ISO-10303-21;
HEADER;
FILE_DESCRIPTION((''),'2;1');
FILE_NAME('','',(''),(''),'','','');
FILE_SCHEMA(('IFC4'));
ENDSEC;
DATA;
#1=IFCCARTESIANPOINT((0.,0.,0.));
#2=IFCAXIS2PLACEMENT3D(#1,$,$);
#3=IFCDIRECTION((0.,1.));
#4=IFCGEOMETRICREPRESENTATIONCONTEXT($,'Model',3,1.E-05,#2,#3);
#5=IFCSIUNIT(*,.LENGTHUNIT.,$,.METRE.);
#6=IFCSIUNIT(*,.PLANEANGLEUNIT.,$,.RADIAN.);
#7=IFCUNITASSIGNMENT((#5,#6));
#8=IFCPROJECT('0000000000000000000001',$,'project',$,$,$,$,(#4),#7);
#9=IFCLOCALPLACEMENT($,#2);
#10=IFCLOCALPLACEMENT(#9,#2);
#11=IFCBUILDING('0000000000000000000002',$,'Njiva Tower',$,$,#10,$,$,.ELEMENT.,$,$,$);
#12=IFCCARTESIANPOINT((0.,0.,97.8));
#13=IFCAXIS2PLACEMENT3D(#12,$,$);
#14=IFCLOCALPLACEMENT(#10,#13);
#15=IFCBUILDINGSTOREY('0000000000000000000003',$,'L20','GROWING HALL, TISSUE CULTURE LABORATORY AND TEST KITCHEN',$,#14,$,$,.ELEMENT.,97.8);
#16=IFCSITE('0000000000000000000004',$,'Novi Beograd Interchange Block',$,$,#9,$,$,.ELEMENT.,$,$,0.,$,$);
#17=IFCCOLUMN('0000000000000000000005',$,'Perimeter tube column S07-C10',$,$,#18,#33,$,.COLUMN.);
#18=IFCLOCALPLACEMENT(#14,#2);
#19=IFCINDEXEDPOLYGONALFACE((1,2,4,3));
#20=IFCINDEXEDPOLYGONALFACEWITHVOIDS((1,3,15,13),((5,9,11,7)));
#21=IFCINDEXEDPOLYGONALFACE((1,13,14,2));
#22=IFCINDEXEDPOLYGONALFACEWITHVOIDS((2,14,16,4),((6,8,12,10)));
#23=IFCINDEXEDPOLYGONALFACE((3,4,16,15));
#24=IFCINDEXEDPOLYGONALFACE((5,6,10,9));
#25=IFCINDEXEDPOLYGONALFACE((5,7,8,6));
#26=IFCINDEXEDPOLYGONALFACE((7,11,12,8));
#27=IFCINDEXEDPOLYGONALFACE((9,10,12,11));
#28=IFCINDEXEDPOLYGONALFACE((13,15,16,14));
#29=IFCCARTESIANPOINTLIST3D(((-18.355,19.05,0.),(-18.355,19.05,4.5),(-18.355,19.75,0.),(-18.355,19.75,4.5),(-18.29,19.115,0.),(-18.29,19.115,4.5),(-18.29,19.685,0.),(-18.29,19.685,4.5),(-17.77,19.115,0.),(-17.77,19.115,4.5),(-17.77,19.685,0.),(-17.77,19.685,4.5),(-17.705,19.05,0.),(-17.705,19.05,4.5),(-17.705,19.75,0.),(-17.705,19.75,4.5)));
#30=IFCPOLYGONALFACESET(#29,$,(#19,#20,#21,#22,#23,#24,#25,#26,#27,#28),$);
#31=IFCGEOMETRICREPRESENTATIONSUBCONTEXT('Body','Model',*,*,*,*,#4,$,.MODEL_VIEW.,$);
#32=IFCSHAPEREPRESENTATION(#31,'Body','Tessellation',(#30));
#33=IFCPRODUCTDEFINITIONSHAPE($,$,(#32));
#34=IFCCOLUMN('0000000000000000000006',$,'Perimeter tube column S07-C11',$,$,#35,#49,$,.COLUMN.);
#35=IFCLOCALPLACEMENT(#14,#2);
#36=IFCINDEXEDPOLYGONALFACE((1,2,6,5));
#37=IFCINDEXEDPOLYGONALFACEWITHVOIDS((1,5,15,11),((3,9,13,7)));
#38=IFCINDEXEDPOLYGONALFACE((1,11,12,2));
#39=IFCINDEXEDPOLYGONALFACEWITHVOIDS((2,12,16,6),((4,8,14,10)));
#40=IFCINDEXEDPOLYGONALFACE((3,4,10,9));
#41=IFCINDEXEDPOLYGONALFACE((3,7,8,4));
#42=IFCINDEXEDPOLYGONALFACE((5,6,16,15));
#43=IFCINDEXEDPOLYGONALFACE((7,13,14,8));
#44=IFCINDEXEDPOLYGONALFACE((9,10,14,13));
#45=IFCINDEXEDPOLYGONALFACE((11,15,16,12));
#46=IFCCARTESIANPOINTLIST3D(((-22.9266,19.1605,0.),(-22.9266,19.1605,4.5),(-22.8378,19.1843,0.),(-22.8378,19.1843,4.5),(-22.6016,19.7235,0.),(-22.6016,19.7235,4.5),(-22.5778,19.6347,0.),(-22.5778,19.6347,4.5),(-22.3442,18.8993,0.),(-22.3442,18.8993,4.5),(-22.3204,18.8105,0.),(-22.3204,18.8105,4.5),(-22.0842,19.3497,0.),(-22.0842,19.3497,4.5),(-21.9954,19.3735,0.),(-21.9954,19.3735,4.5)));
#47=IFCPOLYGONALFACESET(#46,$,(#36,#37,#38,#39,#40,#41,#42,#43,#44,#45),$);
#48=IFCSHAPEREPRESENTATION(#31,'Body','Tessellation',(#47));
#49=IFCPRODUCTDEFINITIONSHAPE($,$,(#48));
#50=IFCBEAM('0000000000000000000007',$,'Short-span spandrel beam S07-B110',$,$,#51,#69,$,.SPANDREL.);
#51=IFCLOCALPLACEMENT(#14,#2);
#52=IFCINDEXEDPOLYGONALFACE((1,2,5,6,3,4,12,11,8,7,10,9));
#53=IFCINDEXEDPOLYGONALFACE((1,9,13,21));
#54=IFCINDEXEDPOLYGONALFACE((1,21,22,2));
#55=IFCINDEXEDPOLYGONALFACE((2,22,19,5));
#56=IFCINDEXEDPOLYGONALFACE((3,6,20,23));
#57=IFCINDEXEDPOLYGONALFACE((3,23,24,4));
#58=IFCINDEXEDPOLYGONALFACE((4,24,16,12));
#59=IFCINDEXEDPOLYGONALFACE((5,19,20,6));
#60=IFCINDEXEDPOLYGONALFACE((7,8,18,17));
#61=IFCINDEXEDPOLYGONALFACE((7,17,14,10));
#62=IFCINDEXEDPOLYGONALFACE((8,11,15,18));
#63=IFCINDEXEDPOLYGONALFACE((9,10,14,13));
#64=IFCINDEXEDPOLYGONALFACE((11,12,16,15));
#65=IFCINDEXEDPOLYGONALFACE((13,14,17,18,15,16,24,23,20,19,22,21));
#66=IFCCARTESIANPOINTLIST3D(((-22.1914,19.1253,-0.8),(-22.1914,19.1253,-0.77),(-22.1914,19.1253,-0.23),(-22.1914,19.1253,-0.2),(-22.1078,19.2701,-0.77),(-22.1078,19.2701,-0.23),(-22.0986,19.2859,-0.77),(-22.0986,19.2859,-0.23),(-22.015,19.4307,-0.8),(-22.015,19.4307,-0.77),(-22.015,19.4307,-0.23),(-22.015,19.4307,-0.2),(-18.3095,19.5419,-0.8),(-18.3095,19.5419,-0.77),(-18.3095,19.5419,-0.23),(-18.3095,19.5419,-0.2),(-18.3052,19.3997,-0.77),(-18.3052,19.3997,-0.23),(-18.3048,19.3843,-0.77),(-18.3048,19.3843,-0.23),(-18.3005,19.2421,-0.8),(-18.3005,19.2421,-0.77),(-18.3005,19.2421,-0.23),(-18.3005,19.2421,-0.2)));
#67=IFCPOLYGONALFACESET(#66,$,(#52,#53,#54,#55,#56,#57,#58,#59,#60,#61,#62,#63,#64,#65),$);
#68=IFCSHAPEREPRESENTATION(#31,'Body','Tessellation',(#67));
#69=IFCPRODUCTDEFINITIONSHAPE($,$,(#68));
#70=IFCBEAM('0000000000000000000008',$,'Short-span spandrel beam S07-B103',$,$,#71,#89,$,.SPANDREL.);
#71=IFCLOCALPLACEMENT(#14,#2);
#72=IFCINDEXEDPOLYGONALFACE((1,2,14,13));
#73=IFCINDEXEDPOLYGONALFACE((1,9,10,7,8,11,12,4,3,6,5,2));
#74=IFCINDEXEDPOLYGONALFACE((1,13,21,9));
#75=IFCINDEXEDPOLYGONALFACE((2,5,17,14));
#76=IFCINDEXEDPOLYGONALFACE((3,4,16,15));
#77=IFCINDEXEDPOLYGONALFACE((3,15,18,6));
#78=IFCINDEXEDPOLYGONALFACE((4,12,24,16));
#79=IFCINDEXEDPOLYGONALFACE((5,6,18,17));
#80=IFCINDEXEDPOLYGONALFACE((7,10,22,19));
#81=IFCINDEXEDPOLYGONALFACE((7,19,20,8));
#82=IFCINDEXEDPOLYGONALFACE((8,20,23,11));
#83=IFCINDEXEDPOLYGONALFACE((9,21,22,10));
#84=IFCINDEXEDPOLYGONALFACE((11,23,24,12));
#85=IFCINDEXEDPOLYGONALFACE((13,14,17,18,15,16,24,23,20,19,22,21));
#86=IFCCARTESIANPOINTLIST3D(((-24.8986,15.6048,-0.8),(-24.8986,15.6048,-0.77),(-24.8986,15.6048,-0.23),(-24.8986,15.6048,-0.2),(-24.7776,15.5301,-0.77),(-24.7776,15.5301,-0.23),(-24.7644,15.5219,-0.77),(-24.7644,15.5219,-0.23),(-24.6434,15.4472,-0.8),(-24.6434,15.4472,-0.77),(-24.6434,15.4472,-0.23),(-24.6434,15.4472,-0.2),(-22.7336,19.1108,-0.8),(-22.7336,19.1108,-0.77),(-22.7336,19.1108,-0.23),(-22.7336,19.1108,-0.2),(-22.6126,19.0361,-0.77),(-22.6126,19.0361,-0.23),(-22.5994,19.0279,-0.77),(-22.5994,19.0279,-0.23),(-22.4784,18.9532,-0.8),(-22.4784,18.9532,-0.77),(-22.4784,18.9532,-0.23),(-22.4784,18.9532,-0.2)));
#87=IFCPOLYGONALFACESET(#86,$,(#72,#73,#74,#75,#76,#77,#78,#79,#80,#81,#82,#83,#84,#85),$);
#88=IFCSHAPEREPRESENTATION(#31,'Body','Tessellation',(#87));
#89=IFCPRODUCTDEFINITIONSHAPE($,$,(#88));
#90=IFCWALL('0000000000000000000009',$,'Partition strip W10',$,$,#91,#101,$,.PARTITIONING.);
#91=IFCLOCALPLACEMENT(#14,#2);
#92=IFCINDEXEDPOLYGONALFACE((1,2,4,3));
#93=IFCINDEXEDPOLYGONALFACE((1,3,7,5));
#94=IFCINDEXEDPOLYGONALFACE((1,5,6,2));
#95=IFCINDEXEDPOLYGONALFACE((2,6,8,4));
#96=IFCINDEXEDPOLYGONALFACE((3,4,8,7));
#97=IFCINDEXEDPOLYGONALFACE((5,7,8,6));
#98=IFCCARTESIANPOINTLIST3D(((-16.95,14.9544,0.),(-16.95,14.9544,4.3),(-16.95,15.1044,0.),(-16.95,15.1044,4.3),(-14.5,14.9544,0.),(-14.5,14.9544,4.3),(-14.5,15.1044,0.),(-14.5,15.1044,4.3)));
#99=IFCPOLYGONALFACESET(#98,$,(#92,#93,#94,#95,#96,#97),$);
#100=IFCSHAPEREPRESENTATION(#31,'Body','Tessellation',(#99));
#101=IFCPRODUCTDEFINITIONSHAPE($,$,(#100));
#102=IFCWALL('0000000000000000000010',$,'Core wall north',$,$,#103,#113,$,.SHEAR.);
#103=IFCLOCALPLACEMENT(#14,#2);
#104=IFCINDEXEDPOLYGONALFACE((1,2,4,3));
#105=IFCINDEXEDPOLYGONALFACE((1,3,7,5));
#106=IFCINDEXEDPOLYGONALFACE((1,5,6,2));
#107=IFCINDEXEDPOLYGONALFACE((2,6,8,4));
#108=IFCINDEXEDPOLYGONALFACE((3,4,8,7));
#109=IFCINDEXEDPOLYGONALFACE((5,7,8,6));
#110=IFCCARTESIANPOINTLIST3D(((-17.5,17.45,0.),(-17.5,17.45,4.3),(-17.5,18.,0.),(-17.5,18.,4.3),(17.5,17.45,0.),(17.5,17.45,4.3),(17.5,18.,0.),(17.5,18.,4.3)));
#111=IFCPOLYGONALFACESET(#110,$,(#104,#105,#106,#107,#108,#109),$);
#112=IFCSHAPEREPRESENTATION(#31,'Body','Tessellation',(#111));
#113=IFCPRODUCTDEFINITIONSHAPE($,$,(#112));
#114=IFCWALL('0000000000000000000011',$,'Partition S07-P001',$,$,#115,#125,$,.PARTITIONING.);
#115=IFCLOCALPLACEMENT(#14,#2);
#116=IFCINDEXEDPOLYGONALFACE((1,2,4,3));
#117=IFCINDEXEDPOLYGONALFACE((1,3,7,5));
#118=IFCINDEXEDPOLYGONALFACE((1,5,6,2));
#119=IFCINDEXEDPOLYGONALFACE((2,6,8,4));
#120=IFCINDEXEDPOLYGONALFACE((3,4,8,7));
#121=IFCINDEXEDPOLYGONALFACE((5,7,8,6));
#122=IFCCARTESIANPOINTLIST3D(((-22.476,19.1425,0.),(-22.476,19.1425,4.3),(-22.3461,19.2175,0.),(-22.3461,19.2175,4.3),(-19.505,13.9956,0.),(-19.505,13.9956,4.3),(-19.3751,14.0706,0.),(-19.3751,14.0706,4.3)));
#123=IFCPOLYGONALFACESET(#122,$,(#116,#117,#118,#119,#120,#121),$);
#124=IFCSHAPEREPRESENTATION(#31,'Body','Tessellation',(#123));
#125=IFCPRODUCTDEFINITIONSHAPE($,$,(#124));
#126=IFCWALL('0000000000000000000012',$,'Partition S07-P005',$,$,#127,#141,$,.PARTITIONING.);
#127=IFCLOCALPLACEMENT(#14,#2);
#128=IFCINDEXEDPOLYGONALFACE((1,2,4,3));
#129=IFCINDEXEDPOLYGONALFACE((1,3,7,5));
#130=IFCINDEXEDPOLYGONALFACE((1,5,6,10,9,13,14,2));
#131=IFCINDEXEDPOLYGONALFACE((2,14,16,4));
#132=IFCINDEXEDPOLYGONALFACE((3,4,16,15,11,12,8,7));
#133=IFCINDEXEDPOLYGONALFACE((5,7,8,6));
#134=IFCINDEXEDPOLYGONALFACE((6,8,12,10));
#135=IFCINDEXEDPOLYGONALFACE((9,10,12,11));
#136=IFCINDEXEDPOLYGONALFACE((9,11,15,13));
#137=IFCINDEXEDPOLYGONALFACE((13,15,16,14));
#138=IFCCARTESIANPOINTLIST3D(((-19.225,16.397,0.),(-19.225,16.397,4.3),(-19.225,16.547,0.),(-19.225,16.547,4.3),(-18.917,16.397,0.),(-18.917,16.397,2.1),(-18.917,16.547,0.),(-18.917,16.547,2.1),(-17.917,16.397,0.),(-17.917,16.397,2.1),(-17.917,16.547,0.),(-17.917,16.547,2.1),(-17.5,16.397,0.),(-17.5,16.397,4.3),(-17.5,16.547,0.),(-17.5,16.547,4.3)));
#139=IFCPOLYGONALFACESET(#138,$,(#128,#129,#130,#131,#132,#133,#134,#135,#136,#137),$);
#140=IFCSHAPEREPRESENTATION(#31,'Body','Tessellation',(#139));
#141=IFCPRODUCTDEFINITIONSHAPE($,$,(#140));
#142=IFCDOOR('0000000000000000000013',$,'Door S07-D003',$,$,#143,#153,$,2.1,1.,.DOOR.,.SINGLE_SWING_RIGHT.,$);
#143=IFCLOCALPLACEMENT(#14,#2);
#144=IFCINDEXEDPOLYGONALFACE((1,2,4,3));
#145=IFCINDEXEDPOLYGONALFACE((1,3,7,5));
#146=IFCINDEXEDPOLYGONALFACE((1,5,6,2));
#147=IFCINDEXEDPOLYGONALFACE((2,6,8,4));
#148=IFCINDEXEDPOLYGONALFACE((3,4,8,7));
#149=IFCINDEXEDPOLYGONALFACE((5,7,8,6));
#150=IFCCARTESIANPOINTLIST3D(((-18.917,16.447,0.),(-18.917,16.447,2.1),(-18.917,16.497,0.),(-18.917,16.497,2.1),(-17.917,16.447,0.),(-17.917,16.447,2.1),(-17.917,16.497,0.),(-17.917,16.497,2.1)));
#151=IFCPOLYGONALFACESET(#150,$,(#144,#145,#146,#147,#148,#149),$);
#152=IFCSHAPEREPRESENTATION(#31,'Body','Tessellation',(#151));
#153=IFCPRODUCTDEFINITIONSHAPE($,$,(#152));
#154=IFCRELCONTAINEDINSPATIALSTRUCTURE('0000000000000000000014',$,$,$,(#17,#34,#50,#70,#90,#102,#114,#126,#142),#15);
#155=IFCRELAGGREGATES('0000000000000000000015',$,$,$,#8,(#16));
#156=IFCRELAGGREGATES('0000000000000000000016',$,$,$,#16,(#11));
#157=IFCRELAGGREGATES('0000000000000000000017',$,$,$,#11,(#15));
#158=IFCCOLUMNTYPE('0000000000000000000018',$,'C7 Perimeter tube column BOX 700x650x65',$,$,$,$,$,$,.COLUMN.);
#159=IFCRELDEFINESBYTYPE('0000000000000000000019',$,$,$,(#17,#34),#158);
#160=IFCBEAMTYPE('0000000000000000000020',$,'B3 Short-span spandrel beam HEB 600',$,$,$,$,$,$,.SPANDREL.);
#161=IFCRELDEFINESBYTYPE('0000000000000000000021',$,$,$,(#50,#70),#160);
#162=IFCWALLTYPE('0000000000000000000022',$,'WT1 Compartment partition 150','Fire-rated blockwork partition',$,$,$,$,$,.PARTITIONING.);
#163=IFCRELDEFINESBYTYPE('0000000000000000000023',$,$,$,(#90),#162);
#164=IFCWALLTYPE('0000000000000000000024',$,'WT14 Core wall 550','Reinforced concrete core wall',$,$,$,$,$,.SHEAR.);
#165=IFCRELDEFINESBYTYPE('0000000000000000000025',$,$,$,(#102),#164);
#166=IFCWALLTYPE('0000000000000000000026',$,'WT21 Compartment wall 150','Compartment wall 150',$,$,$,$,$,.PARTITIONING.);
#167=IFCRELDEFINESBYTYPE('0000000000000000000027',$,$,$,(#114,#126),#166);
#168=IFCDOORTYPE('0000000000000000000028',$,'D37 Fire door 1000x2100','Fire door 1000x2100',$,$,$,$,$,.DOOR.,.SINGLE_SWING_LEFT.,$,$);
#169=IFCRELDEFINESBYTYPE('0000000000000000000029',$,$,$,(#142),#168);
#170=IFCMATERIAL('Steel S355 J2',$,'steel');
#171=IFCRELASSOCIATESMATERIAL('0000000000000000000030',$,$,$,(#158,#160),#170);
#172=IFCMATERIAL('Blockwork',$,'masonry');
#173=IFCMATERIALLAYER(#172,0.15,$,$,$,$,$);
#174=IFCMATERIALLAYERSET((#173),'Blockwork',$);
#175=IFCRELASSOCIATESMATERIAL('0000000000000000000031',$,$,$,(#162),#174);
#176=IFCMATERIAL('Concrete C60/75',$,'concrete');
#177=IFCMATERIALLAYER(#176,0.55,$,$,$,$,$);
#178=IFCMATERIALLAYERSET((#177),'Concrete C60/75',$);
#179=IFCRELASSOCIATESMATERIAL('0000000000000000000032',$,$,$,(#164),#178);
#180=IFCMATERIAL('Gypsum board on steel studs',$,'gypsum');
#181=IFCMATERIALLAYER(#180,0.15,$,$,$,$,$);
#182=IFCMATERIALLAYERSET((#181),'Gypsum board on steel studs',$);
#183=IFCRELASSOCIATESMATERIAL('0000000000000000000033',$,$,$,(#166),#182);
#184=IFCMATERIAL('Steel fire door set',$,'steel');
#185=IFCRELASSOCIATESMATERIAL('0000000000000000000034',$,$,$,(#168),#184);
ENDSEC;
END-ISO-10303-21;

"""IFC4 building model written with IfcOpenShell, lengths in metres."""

from ifc_helpers import new_model, si_unit, direction, frame, frame_2d, origin, origin_2d, place, context, subcontext, project, spatial, rectangle, hollow_rectangle, i_section, extrude, clip, halfspace, material, layer, layer_set, material_profile, profile_set, type_object, element, fill, save


model = new_model("IFC4")

# Units and contexts
model_context = context("Model", 3, precision=1e-05, world=origin(), true_north=direction((0.0, 1.0)))
body_context = subcontext(model_context, "Body", "Model", "MODEL_VIEW")
ifc_project = project(units=[si_unit("LENGTHUNIT", "METRE"), si_unit("PLANEANGLEUNIT", "RADIAN")], contexts=[model_context])

# Site, building, storey
site_placement = place(None, origin())
site = spatial("IfcSite", under=ifc_project, at=site_placement, Name="Novi Beograd Interchange Block", CompositionType="ELEMENT", RefElevation=0.0)
building_placement = place(site_placement, origin())
building = spatial("IfcBuilding", under=site, at=building_placement, Name="Njiva Tower", CompositionType="ELEMENT")
storey_placement = place(building_placement, frame((0.0, 0.0, 97.8)))
storey = spatial("IfcBuildingStorey", under=building, at=storey_placement, Name="L20", Description="GROWING HALL, TISSUE CULTURE LABORATORY AND TEST KITCHEN", CompositionType="ELEMENT", Elevation=97.8)

# Columns
ifc_material_1 = material(Name="Steel S355 J2", Category="steel")
ifc_material_profile_1 = material_profile(ifc_material_1, hollow_rectangle(XDim=0.65, YDim=0.7, WallThickness=0.065, at=origin_2d()), Name="BOX 700x650x65")
ifc_profile_set_1 = profile_set([ifc_material_profile_1], Name="Steel S355 J2")
column_type = type_object("IfcColumnType", Name="C7 Perimeter tube column BOX 700x650x65", PredefinedType="COLUMN", material=ifc_profile_set_1)
for number, where, z_axis, x_axis, name in (
    (1, (-18.03, 19.4, 0.0), (0.0, 0.0, 1.0), (-1.0, 0.0, 0.0), "Perimeter tube column S07-C10"),
    (2, (-22.461, 19.267, 0.0), (0.0, 0.0, 1.0), (-0.5, -0.866025, 0.0), "Perimeter tube column S07-C11"),
):
    element("IfcColumn", number, at=place(storey_placement, frame(where, z_axis=z_axis, x_axis=x_axis)), inside=storey, type_object=column_type, Name=name, PredefinedType="COLUMN", context=body_context, shape_type="SweptSolid", body=[
        extrude(hollow_rectangle(XDim=0.65, YDim=0.7, WallThickness=0.065, at=origin_2d()), origin(), (0.0, 0.0, 1.0), 4.5),
    ])

# Beams
ifc_material_profile_2 = material_profile(ifc_material_1, i_section(OverallWidth=0.3, OverallDepth=0.6, WebThickness=0.0155, FlangeThickness=0.03, at=origin_2d()), Name="HEB 600")
ifc_profile_set_2 = profile_set([ifc_material_profile_2], Name="Steel S355 J2")
beam_type = type_object("IfcBeamType", Name="B3 Short-span spandrel beam HEB 600", PredefinedType="SPANDREL", material=ifc_profile_set_2)
beam_1_placement = place(storey_placement, frame((-18.305, 19.392, -0.5), z_axis=(-0.99955, -0.030002, 0.0), x_axis=(0.030002, -0.99955, 0.0)))
element("IfcBeam", 3, at=beam_1_placement, inside=storey, type_object=beam_type, Name="Short-span spandrel beam S07-B110", PredefinedType="SPANDREL", context=body_context, shape_type="Clipping", body=[
    clip(extrude(i_section(OverallWidth=0.3, OverallDepth=0.6, WebThickness=0.0155, FlangeThickness=0.03, at=origin_2d()), origin(), (0.0, 0.0, 1.0), 3.9127), halfspace(frame((-0.0259, 0.0, 3.7839), z_axis=(-0.525756, 0.0, 0.850636), x_axis=(0.0, 1.0, 0.0)), False)),
])
beam_2_placement = place(storey_placement, frame((-22.606, 19.032, -0.5), z_axis=(-0.52541, -0.850849, 0.0), x_axis=(0.850849, -0.52541, 0.0)))
element("IfcBeam", 4, at=beam_2_placement, inside=storey, type_object=beam_type, Name="Short-span spandrel beam S07-B103", PredefinedType="SPANDREL", context=body_context, shape_type="SweptSolid", body=[
    extrude(i_section(OverallWidth=0.3, OverallDepth=0.6, WebThickness=0.0155, FlangeThickness=0.03, at=origin_2d()), origin(), (0.0, 0.0, 1.0), 4.1206),
])

# Walls
ifc_material_2 = material(Name="Blockwork", Category="masonry")
ifc_layer_1 = layer(ifc_material_2, 0.15)
ifc_layer_set_1 = layer_set([ifc_layer_1], Name="Blockwork")
wall_type_1 = type_object("IfcWallType", Name="WT1 Compartment partition 150", Description="Fire-rated blockwork partition", PredefinedType="PARTITIONING", material=ifc_layer_set_1)
wall_1_placement = place(storey_placement, frame((-16.95, 15.0294, 0.0), z_axis=(0.0, 0.0, 1.0), x_axis=(1.0, 0.0, 0.0)))
element("IfcWall", 5, at=wall_1_placement, inside=storey, type_object=wall_type_1, Name="Partition strip W10", PredefinedType="PARTITIONING", context=body_context, shape_type="SweptSolid", body=[
    extrude(rectangle(XDim=2.45, YDim=0.15, at=frame_2d((1.225, 0.0))), origin(), (0.0, 0.0, 1.0), 4.3),
])
ifc_material_3 = material(Name="Concrete C60/75", Category="concrete")
ifc_layer_2 = layer(ifc_material_3, 0.55)
ifc_layer_set_2 = layer_set([ifc_layer_2], Name="Concrete C60/75")
wall_type_2 = type_object("IfcWallType", Name="WT14 Core wall 550", Description="Reinforced concrete core wall", PredefinedType="SHEAR", material=ifc_layer_set_2)
wall_2_placement = place(storey_placement, frame((-17.5, 17.725, 0.0), z_axis=(0.0, 0.0, 1.0), x_axis=(1.0, 0.0, 0.0)))
element("IfcWall", 6, at=wall_2_placement, inside=storey, type_object=wall_type_2, Name="Core wall north", PredefinedType="SHEAR", context=body_context, shape_type="SweptSolid", body=[
    extrude(rectangle(XDim=35.0, YDim=0.55, at=frame_2d((17.5, 0.0))), origin(), (0.0, 0.0, 1.0), 4.3),
])
ifc_material_4 = material(Name="Gypsum board on steel studs", Category="gypsum")
ifc_layer_3 = layer(ifc_material_4, 0.15)
ifc_layer_set_3 = layer_set([ifc_layer_3], Name="Gypsum board on steel studs")
wall_type_3 = type_object("IfcWallType", Name="WT21 Compartment wall 150", Description="Compartment wall 150", PredefinedType="PARTITIONING", material=ifc_layer_set_3)
wall_3_placement = place(storey_placement, frame((-22.411, 19.18, 0.0), z_axis=(0.0, 0.0, 1.0), x_axis=(0.499922, -0.866071, 0.0)))
element("IfcWall", 7, at=wall_3_placement, inside=storey, type_object=wall_type_3, Name="Partition S07-P001", PredefinedType="PARTITIONING", context=body_context, shape_type="SweptSolid", body=[
    extrude(rectangle(XDim=5.9429, YDim=0.15, at=frame_2d((2.9714, 0.0))), origin(), (0.0, 0.0, 1.0), 4.3),
])

# Wall, opening, door
wall_4_placement = place(storey_placement, frame((-19.225, 16.472, 0.0), z_axis=(0.0, 0.0, 1.0), x_axis=(1.0, 0.0, 0.0)))
wall_4 = element("IfcWall", 8, at=wall_4_placement, inside=storey, type_object=wall_type_3, Name="Partition S07-P005", PredefinedType="PARTITIONING", context=body_context, shape_type="SweptSolid", body=[
    extrude(rectangle(XDim=1.725, YDim=0.15, at=frame_2d((0.8625, 0.0))), origin(), (0.0, 0.0, 1.0), 4.3),
])
opening_1_placement = place(wall_4_placement, frame((0.308, 0.0, 0.0)))
opening_1 = element("IfcOpeningElement", 9, at=opening_1_placement, cuts=wall_4, PredefinedType="OPENING", context=body_context, shape_type="SweptSolid", body=[
    extrude(rectangle(XDim=1.0, YDim=2.1, at=frame_2d((0.5, 1.05))), frame((0.0, 0.085, 0.0), z_axis=(0.0, -1.0, 0.0), x_axis=(1.0, 0.0, 0.0)), (0.0, 0.0, 1.0), 0.17),
])
ifc_material_5 = material(Name="Steel fire door set", Category="steel")
door_type = type_object("IfcDoorType", Name="D37 Fire door 1000x2100", Description="Fire door 1000x2100", OperationType="SINGLE_SWING_LEFT", PredefinedType="DOOR", material=ifc_material_5)
door_placement = place(opening_1_placement, origin())
door = element("IfcDoor", 10, at=door_placement, inside=storey, type_object=door_type, Name="Door S07-D003", OperationType="SINGLE_SWING_RIGHT", OverallHeight=2.1, OverallWidth=1.0, PredefinedType="DOOR", context=body_context, shape_type="SweptSolid", body=[
    extrude(rectangle(XDim=1.0, YDim=2.1, at=frame_2d((0.5, 1.05))), frame((0.0, 0.025, 0.0), z_axis=(0.0, -1.0, 0.0), x_axis=(1.0, 0.0, 0.0)), (0.0, 0.0, 1.0), 0.05),
])
fill(opening_1, door)

save(model, "model.ifc")
